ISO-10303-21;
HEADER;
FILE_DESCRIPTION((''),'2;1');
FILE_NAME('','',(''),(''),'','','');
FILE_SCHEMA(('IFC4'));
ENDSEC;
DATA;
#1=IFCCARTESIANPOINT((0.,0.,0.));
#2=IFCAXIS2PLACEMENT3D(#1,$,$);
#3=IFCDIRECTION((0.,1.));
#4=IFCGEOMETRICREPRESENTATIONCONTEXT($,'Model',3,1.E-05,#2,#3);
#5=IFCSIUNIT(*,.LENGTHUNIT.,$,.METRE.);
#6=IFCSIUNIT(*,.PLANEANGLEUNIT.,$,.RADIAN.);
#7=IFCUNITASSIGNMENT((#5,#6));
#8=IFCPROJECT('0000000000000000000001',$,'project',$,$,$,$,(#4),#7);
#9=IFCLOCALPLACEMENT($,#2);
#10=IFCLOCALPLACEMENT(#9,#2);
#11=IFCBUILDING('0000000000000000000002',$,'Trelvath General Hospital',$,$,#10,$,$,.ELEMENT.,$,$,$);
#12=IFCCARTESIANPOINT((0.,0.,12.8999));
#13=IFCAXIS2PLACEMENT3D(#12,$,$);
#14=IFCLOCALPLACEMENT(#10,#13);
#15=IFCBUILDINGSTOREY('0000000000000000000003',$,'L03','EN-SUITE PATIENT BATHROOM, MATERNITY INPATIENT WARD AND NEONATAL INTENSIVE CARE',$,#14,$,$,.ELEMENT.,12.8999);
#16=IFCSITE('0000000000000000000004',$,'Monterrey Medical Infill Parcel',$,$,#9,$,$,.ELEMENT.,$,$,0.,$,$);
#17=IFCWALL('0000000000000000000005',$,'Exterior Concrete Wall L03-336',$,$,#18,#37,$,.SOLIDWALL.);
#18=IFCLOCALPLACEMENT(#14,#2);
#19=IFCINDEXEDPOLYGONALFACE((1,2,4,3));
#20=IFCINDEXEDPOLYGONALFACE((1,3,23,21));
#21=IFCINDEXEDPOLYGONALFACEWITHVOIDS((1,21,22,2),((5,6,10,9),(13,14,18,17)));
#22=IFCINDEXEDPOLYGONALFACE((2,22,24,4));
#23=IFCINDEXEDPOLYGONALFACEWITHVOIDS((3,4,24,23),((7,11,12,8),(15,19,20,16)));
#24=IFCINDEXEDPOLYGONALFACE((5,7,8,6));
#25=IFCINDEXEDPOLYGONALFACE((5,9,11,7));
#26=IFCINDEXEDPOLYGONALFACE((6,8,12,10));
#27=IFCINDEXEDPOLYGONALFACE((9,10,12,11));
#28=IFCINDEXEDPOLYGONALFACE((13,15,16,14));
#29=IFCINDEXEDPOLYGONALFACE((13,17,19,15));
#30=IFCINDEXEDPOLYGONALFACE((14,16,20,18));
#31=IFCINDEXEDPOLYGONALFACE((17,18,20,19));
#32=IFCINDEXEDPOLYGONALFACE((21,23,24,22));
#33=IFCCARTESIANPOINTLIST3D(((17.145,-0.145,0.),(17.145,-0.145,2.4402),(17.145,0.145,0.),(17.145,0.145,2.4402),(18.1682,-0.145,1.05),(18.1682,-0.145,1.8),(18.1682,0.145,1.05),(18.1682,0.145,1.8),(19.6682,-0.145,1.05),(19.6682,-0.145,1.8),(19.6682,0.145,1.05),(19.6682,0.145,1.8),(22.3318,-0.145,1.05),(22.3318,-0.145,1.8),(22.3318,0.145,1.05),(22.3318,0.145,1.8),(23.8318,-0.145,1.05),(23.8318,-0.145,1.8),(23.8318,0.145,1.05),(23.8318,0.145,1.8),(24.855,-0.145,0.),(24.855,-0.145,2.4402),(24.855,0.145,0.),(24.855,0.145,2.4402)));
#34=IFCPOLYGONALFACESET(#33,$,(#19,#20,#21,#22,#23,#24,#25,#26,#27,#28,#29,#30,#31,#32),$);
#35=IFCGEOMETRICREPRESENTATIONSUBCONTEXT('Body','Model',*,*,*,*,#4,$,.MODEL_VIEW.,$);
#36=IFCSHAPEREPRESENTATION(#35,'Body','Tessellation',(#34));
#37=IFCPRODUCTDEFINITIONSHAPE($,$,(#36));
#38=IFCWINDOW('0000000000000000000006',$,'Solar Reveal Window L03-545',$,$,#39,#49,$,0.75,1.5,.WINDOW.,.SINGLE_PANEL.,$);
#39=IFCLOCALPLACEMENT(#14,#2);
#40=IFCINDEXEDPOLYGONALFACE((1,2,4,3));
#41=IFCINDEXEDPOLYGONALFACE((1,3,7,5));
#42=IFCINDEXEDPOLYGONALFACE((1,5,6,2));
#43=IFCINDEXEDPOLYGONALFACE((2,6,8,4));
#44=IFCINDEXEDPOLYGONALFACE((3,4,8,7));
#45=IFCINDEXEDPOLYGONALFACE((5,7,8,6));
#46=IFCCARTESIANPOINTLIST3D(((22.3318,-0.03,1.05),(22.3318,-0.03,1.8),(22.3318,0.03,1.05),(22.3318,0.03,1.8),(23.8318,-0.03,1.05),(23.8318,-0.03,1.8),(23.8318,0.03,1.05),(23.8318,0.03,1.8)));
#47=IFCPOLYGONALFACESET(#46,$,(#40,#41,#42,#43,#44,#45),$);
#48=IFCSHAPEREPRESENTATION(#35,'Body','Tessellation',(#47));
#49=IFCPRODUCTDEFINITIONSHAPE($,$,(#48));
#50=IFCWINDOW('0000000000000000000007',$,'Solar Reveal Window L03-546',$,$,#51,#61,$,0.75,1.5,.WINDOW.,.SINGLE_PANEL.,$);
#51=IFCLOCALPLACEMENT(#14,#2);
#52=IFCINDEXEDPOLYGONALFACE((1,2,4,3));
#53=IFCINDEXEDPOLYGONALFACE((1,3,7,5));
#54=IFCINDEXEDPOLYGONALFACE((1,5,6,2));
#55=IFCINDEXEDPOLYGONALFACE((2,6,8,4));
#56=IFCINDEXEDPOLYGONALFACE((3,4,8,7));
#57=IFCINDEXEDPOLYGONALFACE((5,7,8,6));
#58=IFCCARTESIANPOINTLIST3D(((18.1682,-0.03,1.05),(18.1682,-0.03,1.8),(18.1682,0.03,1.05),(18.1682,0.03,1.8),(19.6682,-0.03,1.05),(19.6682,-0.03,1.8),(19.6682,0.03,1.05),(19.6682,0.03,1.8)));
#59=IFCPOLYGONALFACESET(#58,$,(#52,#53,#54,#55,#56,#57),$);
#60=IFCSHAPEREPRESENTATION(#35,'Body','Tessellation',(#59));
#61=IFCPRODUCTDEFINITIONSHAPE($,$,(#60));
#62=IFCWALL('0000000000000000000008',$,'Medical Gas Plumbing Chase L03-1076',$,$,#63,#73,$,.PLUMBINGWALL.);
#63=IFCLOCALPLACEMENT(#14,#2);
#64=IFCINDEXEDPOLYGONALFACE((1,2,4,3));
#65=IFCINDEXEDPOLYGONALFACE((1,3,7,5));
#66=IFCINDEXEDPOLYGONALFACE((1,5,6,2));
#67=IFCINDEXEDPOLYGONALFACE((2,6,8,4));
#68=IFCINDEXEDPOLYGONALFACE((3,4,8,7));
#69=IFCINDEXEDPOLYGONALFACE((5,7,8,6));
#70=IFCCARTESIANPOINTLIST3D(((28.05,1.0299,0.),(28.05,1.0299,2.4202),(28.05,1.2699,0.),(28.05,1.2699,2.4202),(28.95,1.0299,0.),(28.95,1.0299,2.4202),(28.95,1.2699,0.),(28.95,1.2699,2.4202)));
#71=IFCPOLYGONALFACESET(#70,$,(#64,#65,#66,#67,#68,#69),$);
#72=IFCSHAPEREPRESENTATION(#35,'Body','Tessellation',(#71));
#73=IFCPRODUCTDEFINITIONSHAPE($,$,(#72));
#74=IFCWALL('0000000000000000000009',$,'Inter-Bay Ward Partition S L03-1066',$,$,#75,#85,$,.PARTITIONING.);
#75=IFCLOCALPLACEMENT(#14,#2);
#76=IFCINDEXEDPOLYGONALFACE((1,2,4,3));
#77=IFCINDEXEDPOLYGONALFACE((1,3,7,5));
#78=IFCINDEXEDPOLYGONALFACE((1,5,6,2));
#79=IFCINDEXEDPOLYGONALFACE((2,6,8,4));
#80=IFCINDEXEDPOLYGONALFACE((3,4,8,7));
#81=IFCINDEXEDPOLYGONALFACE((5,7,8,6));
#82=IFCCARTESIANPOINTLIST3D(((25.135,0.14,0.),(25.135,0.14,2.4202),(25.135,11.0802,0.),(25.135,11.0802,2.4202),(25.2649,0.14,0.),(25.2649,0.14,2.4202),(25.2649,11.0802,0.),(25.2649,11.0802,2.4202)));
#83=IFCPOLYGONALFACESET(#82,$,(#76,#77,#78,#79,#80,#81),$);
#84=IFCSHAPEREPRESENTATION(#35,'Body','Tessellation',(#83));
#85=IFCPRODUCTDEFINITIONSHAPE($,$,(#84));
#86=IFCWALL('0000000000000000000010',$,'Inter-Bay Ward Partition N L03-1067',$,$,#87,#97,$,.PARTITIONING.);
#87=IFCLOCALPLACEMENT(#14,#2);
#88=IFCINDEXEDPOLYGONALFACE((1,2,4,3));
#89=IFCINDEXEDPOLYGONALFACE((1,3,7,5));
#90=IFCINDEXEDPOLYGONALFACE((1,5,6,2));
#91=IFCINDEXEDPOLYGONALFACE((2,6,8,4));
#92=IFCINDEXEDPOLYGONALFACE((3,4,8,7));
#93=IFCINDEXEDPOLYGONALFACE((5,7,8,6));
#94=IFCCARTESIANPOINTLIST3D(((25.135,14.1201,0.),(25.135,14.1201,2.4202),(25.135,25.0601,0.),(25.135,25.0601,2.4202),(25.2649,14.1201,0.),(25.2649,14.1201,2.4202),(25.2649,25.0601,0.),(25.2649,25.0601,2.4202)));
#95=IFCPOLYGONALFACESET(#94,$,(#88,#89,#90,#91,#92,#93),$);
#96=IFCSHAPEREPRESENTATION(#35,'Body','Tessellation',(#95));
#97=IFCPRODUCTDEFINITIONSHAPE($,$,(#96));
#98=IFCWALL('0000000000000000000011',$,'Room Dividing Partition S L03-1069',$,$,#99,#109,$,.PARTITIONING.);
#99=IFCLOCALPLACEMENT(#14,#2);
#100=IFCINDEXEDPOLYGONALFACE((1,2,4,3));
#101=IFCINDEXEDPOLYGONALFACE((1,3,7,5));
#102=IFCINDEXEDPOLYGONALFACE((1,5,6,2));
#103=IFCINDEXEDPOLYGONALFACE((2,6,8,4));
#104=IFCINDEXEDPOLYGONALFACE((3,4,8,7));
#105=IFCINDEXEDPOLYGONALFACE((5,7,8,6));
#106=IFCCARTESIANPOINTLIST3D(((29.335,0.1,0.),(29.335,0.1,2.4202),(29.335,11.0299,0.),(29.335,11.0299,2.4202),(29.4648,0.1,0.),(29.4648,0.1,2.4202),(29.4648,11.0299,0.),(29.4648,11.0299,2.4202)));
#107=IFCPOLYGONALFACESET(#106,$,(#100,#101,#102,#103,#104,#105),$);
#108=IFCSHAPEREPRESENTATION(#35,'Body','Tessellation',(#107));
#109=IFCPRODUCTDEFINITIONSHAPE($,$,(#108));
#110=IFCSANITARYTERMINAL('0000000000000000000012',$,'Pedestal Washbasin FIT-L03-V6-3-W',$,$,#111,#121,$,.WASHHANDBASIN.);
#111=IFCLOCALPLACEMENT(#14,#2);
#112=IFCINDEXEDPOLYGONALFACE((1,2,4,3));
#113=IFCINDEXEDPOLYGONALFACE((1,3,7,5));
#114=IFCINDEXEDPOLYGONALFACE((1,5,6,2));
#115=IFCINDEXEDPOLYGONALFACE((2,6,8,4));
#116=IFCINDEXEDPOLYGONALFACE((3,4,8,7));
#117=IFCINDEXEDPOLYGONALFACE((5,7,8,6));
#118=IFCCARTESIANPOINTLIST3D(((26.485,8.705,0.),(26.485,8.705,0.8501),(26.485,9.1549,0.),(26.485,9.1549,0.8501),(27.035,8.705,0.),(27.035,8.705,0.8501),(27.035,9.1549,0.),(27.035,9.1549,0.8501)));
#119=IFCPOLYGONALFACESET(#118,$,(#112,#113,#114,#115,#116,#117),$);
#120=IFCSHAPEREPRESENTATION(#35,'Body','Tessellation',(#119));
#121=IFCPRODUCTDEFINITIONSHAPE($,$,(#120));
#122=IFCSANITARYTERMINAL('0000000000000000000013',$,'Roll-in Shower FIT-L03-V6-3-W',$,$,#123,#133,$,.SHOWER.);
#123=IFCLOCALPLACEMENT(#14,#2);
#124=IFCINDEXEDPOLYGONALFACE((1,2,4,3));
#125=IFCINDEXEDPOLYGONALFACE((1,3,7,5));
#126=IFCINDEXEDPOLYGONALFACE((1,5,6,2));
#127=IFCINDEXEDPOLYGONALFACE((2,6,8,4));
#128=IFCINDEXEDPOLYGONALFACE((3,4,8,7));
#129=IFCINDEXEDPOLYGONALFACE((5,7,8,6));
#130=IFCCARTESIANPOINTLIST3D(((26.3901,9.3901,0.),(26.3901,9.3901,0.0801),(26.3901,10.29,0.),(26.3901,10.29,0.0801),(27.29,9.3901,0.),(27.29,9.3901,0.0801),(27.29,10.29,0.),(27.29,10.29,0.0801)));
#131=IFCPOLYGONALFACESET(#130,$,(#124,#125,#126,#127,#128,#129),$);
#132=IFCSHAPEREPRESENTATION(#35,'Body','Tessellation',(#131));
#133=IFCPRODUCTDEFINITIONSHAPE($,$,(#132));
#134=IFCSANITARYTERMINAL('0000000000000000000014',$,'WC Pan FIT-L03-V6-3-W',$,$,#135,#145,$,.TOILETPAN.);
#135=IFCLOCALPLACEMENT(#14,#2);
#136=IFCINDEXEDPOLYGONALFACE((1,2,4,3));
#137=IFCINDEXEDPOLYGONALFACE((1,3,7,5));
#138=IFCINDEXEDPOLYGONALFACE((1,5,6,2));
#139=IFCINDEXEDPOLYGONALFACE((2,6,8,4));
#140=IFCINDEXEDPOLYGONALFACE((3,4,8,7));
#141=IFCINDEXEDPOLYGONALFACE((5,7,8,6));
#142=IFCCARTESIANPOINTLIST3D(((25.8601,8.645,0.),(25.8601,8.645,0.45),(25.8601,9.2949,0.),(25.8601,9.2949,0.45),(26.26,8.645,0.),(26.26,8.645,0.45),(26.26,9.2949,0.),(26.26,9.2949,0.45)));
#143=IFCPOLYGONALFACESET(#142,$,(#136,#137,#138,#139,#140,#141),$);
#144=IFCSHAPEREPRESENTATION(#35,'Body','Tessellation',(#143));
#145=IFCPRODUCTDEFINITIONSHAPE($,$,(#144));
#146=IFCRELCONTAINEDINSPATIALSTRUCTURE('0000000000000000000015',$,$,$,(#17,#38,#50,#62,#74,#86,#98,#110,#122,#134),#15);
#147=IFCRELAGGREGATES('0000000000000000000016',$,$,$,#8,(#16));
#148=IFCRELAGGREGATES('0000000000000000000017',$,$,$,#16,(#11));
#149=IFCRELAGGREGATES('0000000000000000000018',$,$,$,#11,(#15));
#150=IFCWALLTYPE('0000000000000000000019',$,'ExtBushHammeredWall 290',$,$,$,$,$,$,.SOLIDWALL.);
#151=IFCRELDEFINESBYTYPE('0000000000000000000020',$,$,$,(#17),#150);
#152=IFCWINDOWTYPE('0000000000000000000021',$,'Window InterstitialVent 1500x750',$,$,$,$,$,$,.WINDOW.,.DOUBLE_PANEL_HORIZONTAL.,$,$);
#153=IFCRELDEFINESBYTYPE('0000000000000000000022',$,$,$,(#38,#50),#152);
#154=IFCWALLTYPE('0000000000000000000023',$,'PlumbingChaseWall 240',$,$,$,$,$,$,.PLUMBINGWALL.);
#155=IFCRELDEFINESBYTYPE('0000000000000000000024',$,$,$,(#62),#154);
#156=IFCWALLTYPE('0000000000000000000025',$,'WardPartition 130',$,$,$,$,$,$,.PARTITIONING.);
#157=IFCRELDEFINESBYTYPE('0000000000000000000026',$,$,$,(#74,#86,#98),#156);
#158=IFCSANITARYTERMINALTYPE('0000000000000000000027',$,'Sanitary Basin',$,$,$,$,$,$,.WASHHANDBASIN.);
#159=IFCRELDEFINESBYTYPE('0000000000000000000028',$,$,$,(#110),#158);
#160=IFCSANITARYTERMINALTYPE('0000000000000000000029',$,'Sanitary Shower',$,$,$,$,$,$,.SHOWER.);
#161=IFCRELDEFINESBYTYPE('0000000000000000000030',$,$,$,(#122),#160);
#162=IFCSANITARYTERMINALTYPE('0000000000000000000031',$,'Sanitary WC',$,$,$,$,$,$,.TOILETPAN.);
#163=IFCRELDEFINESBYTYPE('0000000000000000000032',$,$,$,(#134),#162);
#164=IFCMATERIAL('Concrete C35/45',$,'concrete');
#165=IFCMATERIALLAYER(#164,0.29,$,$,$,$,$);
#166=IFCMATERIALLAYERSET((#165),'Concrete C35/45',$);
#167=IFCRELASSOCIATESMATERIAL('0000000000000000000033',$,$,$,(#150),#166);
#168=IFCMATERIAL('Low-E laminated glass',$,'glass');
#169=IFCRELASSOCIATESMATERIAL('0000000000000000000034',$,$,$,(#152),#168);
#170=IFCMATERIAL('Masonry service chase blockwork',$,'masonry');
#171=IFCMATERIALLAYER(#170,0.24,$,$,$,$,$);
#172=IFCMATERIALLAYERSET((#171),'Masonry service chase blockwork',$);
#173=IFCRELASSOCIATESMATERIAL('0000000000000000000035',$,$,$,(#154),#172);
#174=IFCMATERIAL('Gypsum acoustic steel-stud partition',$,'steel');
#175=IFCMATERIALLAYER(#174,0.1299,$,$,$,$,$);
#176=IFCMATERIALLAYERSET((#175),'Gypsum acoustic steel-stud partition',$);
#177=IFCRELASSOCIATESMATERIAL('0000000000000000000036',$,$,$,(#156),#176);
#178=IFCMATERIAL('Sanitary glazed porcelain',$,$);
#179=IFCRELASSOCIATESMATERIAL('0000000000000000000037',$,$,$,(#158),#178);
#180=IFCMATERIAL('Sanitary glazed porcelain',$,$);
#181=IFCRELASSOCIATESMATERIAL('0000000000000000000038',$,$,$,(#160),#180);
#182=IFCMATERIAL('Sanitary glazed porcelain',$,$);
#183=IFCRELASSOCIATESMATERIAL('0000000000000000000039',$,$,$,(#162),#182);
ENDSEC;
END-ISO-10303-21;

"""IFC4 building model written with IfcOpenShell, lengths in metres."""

from ifc_helpers import new_model, si_unit, direction, frame, frame_2d, origin, origin_2d, place, context, subcontext, project, spatial, rectangle, extrude, material, layer, layer_set, type_object, element, fill, save


model = new_model("IFC4")

# Units and contexts
model_context = context("Model", 3, precision=1e-05, world=origin(), true_north=direction((0.0, 1.0)))
body_context = subcontext(model_context, "Body", "Model", "MODEL_VIEW")
ifc_project = project(units=[si_unit("LENGTHUNIT", "METRE"), si_unit("PLANEANGLEUNIT", "RADIAN")], contexts=[model_context])

# Site, building, storey
site_placement = place(None, origin())
site = spatial("IfcSite", under=ifc_project, at=site_placement, Name="Monterrey Medical Infill Parcel", CompositionType="ELEMENT", RefElevation=0.0)
building_placement = place(site_placement, origin())
building = spatial("IfcBuilding", under=site, at=building_placement, Name="Trelvath General Hospital", CompositionType="ELEMENT")
storey_placement = place(building_placement, frame((0.0, 0.0, 12.8999)))
storey = spatial("IfcBuildingStorey", under=building, at=storey_placement, Name="L03", Description="EN-SUITE PATIENT BATHROOM, MATERNITY INPATIENT WARD AND NEONATAL INTENSIVE CARE", CompositionType="ELEMENT", Elevation=12.8999)

# Wall, openings, windows
ifc_material_1 = material(Name="Concrete C35/45", Category="concrete")
ifc_layer_1 = layer(ifc_material_1, 0.29)
ifc_layer_set_1 = layer_set([ifc_layer_1], Name="Concrete C35/45")
wall_type_1 = type_object("IfcWallType", Name="ExtBushHammeredWall 290", PredefinedType="SOLIDWALL", material=ifc_layer_set_1)
wall_1_placement = place(storey_placement, frame((24.855, 0.0, 0.0), z_axis=(0.0, 0.0, 1.0), x_axis=(-1.0, 0.0, 0.0)))
wall_1 = element("IfcWall", 1, at=wall_1_placement, inside=storey, type_object=wall_type_1, Name="Exterior Concrete Wall L03-336", PredefinedType="SOLIDWALL", context=body_context, shape_type="SweptSolid", body=[
    extrude(rectangle(XDim=7.71, YDim=0.29, at=frame_2d((3.855, 0.0))), origin(), (0.0, 0.0, 1.0), 2.4402),
])
opening_1_placement = place(wall_1_placement, frame((1.0232, 0.0, 1.05)))
opening_1 = element("IfcOpeningElement", 2, at=opening_1_placement, cuts=wall_1, PredefinedType="OPENING", context=body_context, shape_type="SweptSolid", body=[
    extrude(rectangle(XDim=1.5, YDim=0.75, at=frame_2d((0.75, 0.375))), frame((0.0, 0.155, 0.0), z_axis=(0.0, -1.0, 0.0), x_axis=(1.0, 0.0, 0.0)), (0.0, 0.0, 1.0), 0.3101),
])
opening_2_placement = place(wall_1_placement, frame((5.1868, 0.0, 1.05)))
opening_2 = element("IfcOpeningElement", 3, at=opening_2_placement, cuts=wall_1, PredefinedType="OPENING", context=body_context, shape_type="SweptSolid", body=[
    extrude(rectangle(XDim=1.5, YDim=0.75, at=frame_2d((0.75, 0.375))), frame((0.0, 0.155, 0.0), z_axis=(0.0, -1.0, 0.0), x_axis=(1.0, 0.0, 0.0)), (0.0, 0.0, 1.0), 0.3101),
])
ifc_material_2 = material(Name="Low-E laminated glass", Category="glass")
window_type = type_object("IfcWindowType", Name="Window InterstitialVent 1500x750", PartitioningType="DOUBLE_PANEL_HORIZONTAL", PredefinedType="WINDOW", material=ifc_material_2)
window_1_placement = place(opening_1_placement, origin())
window_1 = element("IfcWindow", 4, at=window_1_placement, inside=storey, type_object=window_type, Name="Solar Reveal Window L03-545", OverallHeight=0.75, OverallWidth=1.5, PartitioningType="SINGLE_PANEL", PredefinedType="WINDOW", context=body_context, shape_type="SweptSolid", body=[
    extrude(rectangle(XDim=1.5, YDim=0.75, at=frame_2d((0.75, 0.375))), frame((0.0, 0.03, 0.0), z_axis=(0.0, -1.0, 0.0), x_axis=(1.0, 0.0, 0.0)), (0.0, 0.0, 1.0), 0.0601),
])
fill(opening_1, window_1)
window_2_placement = place(opening_2_placement, origin())
window_2 = element("IfcWindow", 5, at=window_2_placement, inside=storey, type_object=window_type, Name="Solar Reveal Window L03-546", OverallHeight=0.75, OverallWidth=1.5, PartitioningType="SINGLE_PANEL", PredefinedType="WINDOW", context=body_context, shape_type="SweptSolid", body=[
    extrude(rectangle(XDim=1.5, YDim=0.75, at=frame_2d((0.75, 0.375))), frame((0.0, 0.03, 0.0), z_axis=(0.0, -1.0, 0.0), x_axis=(1.0, 0.0, 0.0)), (0.0, 0.0, 1.0), 0.0601),
])
fill(opening_2, window_2)

# Walls
ifc_material_3 = material(Name="Masonry service chase blockwork", Category="masonry")
ifc_layer_2 = layer(ifc_material_3, 0.24)
ifc_layer_set_2 = layer_set([ifc_layer_2], Name="Masonry service chase blockwork")
wall_type_2 = type_object("IfcWallType", Name="PlumbingChaseWall 240", PredefinedType="PLUMBINGWALL", material=ifc_layer_set_2)
wall_2_placement = place(storey_placement, frame((28.05, 1.1499, 0.0), z_axis=(0.0, 0.0, 1.0), x_axis=(1.0, 0.0, 0.0)))
element("IfcWall", 6, at=wall_2_placement, inside=storey, type_object=wall_type_2, Name="Medical Gas Plumbing Chase L03-1076", PredefinedType="PLUMBINGWALL", context=body_context, shape_type="SweptSolid", body=[
    extrude(rectangle(XDim=0.8999, YDim=0.24, at=frame_2d((0.45, 0.0))), origin(), (0.0, 0.0, 1.0), 2.4202),
])
ifc_material_4 = material(Name="Gypsum acoustic steel-stud partition", Category="steel")
ifc_layer_3 = layer(ifc_material_4, 0.1299)
ifc_layer_set_3 = layer_set([ifc_layer_3], Name="Gypsum acoustic steel-stud partition")
wall_type_3 = type_object("IfcWallType", Name="WardPartition 130", PredefinedType="PARTITIONING", material=ifc_layer_set_3)
wall_3_placement = place(storey_placement, frame((25.2, 0.1399, 0.0), z_axis=(0.0, 0.0, 1.0), x_axis=(0.0, 1.0, 0.0)))
element("IfcWall", 7, at=wall_3_placement, inside=storey, type_object=wall_type_3, Name="Inter-Bay Ward Partition S L03-1066", PredefinedType="PARTITIONING", context=body_context, shape_type="SweptSolid", body=[
    extrude(rectangle(XDim=10.9402, YDim=0.1299, at=frame_2d((5.4702, 0.0))), origin(), (0.0, 0.0, 1.0), 2.4202),
])
wall_4_placement = place(storey_placement, frame((25.2, 14.1201, 0.0), z_axis=(0.0, 0.0, 1.0), x_axis=(0.0, 1.0, 0.0)))
element("IfcWall", 8, at=wall_4_placement, inside=storey, type_object=wall_type_3, Name="Inter-Bay Ward Partition N L03-1067", PredefinedType="PARTITIONING", context=body_context, shape_type="SweptSolid", body=[
    extrude(rectangle(XDim=10.9399, YDim=0.1299, at=frame_2d((5.47, 0.0))), origin(), (0.0, 0.0, 1.0), 2.4202),
])
wall_5_placement = place(storey_placement, frame((29.3999, 0.1001, 0.0), z_axis=(0.0, 0.0, 1.0), x_axis=(0.0, 1.0, 0.0)))
element("IfcWall", 9, at=wall_5_placement, inside=storey, type_object=wall_type_3, Name="Room Dividing Partition S L03-1069", PredefinedType="PARTITIONING", context=body_context, shape_type="SweptSolid", body=[
    extrude(rectangle(XDim=10.9299, YDim=0.1299, at=frame_2d((5.4648, 0.0))), origin(), (0.0, 0.0, 1.0), 2.4202),
])

# Sanitary terminals
ifc_material_5 = material(Name="Sanitary glazed porcelain")
sanitary_terminal_type_1 = type_object("IfcSanitaryTerminalType", Name="Sanitary Basin", PredefinedType="WASHHANDBASIN", material=ifc_material_5)
sanitary_terminal_1_placement = place(storey_placement, frame((26.76, 8.9299, 0.0), z_axis=(0.0, 0.0, 1.0), x_axis=(1.0, 0.0, 0.0)))
element("IfcSanitaryTerminal", 10, at=sanitary_terminal_1_placement, inside=storey, type_object=sanitary_terminal_type_1, Name="Pedestal Washbasin FIT-L03-V6-3-W", PredefinedType="WASHHANDBASIN", context=body_context, shape_type="SweptSolid", body=[
    extrude(rectangle(XDim=0.55, YDim=0.45, at=origin_2d()), origin(), (0.0, 0.0, 1.0), 0.8501),
])
ifc_material_6 = material(Name="Sanitary glazed porcelain")
sanitary_terminal_type_2 = type_object("IfcSanitaryTerminalType", Name="Sanitary Shower", PredefinedType="SHOWER", material=ifc_material_6)
sanitary_terminal_2_placement = place(storey_placement, frame((26.8401, 9.8401, 0.0), z_axis=(0.0, 0.0, 1.0), x_axis=(1.0, 0.0, 0.0)))
element("IfcSanitaryTerminal", 11, at=sanitary_terminal_2_placement, inside=storey, type_object=sanitary_terminal_type_2, Name="Roll-in Shower FIT-L03-V6-3-W", PredefinedType="SHOWER", context=body_context, shape_type="SweptSolid", body=[
    extrude(rectangle(XDim=0.8999, YDim=0.8999, at=origin_2d()), origin(), (0.0, 0.0, 1.0), 0.0801),
])
ifc_material_7 = material(Name="Sanitary glazed porcelain")
sanitary_terminal_type_3 = type_object("IfcSanitaryTerminalType", Name="Sanitary WC", PredefinedType="TOILETPAN", material=ifc_material_7)
sanitary_terminal_3_placement = place(storey_placement, frame((26.0601, 8.97, 0.0), z_axis=(0.0, 0.0, 1.0), x_axis=(1.0, 0.0, 0.0)))
element("IfcSanitaryTerminal", 12, at=sanitary_terminal_3_placement, inside=storey, type_object=sanitary_terminal_type_3, Name="WC Pan FIT-L03-V6-3-W", PredefinedType="TOILETPAN", context=body_context, shape_type="SweptSolid", body=[
    extrude(rectangle(XDim=0.3999, YDim=0.6499, at=origin_2d()), origin(), (0.0, 0.0, 1.0), 0.45),
])

save(model, "model.ifc")
